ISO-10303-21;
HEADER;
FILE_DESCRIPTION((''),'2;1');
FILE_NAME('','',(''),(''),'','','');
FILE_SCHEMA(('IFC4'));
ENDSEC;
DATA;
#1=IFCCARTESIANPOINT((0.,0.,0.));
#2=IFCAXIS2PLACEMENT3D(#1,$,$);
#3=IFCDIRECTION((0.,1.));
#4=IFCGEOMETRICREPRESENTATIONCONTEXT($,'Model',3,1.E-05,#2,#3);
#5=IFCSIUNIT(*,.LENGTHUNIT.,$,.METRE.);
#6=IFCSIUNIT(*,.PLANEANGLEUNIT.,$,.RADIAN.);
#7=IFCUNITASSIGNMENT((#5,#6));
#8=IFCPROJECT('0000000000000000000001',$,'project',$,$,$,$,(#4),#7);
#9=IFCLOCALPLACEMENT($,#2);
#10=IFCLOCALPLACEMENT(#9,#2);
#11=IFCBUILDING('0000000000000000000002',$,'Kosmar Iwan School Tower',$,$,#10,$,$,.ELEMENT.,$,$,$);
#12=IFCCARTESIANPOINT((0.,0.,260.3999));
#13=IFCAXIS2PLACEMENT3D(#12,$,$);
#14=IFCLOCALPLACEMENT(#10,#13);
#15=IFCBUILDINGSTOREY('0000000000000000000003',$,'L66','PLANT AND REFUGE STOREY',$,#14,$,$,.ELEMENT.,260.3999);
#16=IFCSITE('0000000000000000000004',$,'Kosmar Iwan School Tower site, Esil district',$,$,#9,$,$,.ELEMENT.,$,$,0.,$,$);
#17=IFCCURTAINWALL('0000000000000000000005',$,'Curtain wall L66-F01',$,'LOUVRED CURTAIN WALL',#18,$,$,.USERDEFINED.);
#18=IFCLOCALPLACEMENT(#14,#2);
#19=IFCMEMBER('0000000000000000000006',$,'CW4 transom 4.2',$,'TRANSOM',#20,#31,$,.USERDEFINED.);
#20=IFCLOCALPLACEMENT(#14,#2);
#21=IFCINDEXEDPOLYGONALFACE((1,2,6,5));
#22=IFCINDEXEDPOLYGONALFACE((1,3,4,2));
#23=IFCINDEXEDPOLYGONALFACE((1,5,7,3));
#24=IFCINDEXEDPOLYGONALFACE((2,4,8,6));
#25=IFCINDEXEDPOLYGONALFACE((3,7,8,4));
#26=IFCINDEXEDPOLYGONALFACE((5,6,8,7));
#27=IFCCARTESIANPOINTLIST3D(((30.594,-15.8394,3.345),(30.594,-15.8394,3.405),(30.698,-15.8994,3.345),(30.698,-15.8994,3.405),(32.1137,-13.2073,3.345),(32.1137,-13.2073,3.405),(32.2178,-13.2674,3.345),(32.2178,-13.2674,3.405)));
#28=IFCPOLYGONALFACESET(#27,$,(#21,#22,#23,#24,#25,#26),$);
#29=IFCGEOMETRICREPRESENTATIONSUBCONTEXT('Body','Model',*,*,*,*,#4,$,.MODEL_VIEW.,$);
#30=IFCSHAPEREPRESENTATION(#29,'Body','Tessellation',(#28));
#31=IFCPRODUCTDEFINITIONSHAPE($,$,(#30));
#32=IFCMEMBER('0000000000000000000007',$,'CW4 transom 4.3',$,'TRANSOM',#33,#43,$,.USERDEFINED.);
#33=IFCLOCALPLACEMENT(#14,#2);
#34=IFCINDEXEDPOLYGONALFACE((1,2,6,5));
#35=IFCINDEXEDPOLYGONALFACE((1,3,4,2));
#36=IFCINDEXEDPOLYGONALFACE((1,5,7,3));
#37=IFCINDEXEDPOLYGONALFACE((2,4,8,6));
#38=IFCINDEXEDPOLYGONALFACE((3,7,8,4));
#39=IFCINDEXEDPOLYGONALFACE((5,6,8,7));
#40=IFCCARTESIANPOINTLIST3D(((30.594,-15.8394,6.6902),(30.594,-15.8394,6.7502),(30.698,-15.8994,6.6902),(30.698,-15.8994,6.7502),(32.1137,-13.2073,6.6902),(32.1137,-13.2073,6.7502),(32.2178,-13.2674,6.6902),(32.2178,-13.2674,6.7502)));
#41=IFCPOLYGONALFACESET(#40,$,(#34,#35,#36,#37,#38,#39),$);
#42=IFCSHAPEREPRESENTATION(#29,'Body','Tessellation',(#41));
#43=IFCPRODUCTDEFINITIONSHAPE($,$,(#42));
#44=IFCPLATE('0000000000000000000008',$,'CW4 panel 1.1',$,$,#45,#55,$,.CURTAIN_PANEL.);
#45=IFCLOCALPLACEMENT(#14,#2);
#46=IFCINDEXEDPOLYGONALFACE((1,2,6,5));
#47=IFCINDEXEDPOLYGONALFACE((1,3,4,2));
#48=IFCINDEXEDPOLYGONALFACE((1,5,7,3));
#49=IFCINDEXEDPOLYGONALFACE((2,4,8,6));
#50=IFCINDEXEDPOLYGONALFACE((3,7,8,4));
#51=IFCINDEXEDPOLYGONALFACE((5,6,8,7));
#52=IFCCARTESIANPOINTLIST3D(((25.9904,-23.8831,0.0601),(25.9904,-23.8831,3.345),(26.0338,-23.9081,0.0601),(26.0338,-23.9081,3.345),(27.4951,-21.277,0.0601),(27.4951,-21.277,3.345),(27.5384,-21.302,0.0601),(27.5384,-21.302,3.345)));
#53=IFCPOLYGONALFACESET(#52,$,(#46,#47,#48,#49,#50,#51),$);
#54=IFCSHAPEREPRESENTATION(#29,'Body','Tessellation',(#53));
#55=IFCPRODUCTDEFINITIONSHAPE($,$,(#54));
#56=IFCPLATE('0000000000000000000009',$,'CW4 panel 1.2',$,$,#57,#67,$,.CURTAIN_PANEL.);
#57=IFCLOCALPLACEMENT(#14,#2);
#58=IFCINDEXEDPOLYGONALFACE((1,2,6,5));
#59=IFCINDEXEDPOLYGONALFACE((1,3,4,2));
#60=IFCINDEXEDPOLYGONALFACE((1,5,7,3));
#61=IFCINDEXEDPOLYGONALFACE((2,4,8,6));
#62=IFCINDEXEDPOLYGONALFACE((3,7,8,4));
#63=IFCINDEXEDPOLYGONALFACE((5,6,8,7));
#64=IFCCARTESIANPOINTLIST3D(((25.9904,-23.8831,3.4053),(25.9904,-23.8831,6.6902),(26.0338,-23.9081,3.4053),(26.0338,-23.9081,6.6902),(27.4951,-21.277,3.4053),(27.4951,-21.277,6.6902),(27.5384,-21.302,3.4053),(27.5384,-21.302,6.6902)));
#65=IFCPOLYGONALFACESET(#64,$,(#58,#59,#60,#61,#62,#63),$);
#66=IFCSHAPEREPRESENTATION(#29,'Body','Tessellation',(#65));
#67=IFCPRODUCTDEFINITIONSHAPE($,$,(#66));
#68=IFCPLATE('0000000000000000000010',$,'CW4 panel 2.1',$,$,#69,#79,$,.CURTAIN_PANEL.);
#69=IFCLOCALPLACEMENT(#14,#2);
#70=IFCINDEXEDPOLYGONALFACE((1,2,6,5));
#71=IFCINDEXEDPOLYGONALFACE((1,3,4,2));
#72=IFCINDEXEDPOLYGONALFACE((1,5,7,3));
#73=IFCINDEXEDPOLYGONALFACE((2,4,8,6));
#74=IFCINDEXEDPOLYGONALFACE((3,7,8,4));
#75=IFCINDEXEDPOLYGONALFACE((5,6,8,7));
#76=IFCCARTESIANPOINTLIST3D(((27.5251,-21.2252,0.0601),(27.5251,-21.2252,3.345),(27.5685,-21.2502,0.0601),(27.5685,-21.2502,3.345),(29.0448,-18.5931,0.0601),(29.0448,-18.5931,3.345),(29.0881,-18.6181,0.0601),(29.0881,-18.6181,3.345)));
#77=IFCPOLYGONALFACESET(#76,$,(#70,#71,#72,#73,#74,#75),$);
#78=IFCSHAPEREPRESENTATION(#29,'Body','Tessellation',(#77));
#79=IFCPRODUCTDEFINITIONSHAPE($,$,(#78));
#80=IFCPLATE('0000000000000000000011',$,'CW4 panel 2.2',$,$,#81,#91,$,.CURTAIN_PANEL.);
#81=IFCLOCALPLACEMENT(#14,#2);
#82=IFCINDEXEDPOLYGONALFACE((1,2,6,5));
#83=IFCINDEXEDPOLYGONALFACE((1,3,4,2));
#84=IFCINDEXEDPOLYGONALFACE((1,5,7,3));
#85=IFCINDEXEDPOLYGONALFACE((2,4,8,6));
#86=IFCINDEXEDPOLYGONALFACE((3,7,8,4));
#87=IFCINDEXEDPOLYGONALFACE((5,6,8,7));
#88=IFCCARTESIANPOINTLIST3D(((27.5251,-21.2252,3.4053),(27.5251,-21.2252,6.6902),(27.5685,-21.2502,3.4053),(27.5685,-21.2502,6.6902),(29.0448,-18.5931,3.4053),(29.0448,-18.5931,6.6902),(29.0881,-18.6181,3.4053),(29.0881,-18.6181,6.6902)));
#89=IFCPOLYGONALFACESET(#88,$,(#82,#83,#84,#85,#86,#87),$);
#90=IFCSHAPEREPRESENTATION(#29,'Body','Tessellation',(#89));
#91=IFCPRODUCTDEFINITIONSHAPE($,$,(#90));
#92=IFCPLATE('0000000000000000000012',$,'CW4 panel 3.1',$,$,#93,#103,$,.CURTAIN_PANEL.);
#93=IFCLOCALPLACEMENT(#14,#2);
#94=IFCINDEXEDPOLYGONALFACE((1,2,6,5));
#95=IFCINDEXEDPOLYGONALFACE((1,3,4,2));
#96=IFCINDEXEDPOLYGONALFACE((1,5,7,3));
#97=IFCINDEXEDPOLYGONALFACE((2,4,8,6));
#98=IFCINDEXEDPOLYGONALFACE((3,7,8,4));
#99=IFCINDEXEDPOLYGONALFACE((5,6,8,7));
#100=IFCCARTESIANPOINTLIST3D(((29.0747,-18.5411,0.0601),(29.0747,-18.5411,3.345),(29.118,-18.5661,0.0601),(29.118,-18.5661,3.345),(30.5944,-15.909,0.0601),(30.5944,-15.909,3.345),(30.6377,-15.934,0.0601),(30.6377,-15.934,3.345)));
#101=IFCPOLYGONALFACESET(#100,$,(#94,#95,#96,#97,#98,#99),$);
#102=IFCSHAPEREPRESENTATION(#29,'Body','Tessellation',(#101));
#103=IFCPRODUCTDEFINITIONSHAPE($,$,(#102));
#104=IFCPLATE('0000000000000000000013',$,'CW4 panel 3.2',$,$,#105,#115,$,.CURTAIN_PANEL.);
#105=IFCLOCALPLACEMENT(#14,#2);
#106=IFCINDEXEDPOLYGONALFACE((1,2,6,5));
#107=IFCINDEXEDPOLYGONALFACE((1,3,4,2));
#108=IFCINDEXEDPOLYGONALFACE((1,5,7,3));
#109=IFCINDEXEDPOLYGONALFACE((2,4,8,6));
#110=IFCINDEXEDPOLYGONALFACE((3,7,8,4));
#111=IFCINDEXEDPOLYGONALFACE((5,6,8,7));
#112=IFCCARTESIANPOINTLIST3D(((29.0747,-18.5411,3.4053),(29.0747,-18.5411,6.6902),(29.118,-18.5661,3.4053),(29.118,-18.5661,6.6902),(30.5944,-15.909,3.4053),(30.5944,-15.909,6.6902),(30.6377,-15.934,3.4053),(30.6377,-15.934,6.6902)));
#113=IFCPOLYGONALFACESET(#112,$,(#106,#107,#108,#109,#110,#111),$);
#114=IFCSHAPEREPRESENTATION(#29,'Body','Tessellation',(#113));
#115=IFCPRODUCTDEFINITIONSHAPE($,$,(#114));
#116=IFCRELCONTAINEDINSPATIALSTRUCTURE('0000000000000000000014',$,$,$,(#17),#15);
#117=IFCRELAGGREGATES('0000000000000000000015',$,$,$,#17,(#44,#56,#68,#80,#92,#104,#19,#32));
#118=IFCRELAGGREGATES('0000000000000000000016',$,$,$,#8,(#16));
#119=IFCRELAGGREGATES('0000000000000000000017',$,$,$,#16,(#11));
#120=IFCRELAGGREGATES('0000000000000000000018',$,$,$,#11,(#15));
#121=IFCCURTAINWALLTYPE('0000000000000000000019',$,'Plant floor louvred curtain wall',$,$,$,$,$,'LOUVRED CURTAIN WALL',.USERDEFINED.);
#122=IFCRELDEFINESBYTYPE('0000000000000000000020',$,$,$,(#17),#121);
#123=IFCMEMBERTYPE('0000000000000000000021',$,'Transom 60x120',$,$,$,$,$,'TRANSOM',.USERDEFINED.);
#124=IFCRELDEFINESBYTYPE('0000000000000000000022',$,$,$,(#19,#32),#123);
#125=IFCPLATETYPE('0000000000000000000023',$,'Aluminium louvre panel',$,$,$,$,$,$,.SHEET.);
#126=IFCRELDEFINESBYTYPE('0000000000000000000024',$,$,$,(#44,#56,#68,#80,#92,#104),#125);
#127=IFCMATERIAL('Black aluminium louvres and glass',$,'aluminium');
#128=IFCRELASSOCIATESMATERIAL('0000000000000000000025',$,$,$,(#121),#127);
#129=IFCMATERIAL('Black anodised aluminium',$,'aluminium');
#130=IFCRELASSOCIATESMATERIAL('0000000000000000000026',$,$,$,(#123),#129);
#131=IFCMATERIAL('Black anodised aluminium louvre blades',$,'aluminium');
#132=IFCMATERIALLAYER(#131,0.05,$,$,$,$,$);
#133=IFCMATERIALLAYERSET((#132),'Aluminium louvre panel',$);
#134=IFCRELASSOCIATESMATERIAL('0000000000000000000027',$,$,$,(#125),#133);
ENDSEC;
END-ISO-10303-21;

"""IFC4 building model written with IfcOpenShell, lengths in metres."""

from ifc_helpers import new_model, si_unit, direction, frame, origin, origin_2d, place, context, subcontext, project, spatial, rectangle, extrude, material, layer, layer_set, material_profile, profile_set, type_object, element, aggregate, save


model = new_model("IFC4")

# Units and contexts
model_context = context("Model", 3, precision=1e-05, world=origin(), true_north=direction((0.0, 1.0)))
body_context = subcontext(model_context, "Body", "Model", "MODEL_VIEW")
ifc_project = project(units=[si_unit("LENGTHUNIT", "METRE"), si_unit("PLANEANGLEUNIT", "RADIAN")], contexts=[model_context])

# Site, building, storey
site_placement = place(None, origin())
site = spatial("IfcSite", under=ifc_project, at=site_placement, Name="Kosmar Iwan School Tower site, Esil district", CompositionType="ELEMENT", RefElevation=0.0)
building_placement = place(site_placement, origin())
building = spatial("IfcBuilding", under=site, at=building_placement, Name="Kosmar Iwan School Tower", CompositionType="ELEMENT")
storey_placement = place(building_placement, frame((0.0, 0.0, 260.3999)))
storey = spatial("IfcBuildingStorey", under=building, at=storey_placement, Name="L66", Description="PLANT AND REFUGE STOREY", CompositionType="ELEMENT", Elevation=260.3999)

# Curtain wall, members, plates
ifc_material_1 = material(Name="Black aluminium louvres and glass", Category="aluminium")
curtain_wall_type = type_object("IfcCurtainWallType", Name="Plant floor louvred curtain wall", ElementType="LOUVRED CURTAIN WALL", PredefinedType="USERDEFINED", material=ifc_material_1)
curtain_wall_placement = place(storey_placement, origin())
curtain_wall = element("IfcCurtainWall", 1, at=curtain_wall_placement, inside=storey, type_object=curtain_wall_type, Name="Curtain wall L66-F01", ObjectType="LOUVRED CURTAIN WALL", PredefinedType="USERDEFINED")
ifc_material_2 = material(Name="Black anodised aluminium", Category="aluminium")
ifc_material_profile_1 = material_profile(ifc_material_2, rectangle(XDim=0.1201, YDim=0.0601, at=origin_2d()), Name="TRANSOM 60x120")
ifc_profile_set_1 = profile_set([ifc_material_profile_1], Name="Black anodised aluminium")
member_type_1 = type_object("IfcMemberType", Name="Transom 60x120", ElementType="TRANSOM", PredefinedType="USERDEFINED", material=ifc_profile_set_1)
member_1_placement = place(storey_placement, frame((30.646, -15.8694, 3.375), z_axis=(0.500035, 0.866005, 0.0), x_axis=(-0.866005, 0.500035, 0.0)))
member_1 = element("IfcMember", 2, at=member_1_placement, type_object=member_type_1, Name="CW4 transom 4.2", ObjectType="TRANSOM", PredefinedType="USERDEFINED", context=body_context, shape_type="SweptSolid", body=[
    extrude(rectangle(XDim=0.1201, YDim=0.0601, at=origin_2d()), origin(), (0.0, 0.0, 1.0), 3.0393),
])
member_2_placement = place(storey_placement, frame((30.646, -15.8694, 6.7202), z_axis=(0.500035, 0.866005, 0.0), x_axis=(-0.866005, 0.500035, 0.0)))
member_2 = element("IfcMember", 3, at=member_2_placement, type_object=member_type_1, Name="CW4 transom 4.3", ObjectType="TRANSOM", PredefinedType="USERDEFINED", context=body_context, shape_type="SweptSolid", body=[
    extrude(rectangle(XDim=0.1201, YDim=0.0601, at=origin_2d()), origin(), (0.0, 0.0, 1.0), 3.0393),
])
ifc_material_3 = material(Name="Black anodised aluminium louvre blades", Category="aluminium")
ifc_layer = layer(ifc_material_3, 0.05)
ifc_layer_set = layer_set([ifc_layer], Name="Aluminium louvre panel")
plate_type = type_object("IfcPlateType", Name="Aluminium louvre panel", PredefinedType="SHEET", material=ifc_layer_set)
plate_1_placement = place(storey_placement, frame((26.7644, -22.5925, 0.0601), z_axis=(0.0, 0.0, 1.0), x_axis=(0.5, 0.866025, 0.0)))
plate_1 = element("IfcPlate", 4, at=plate_1_placement, type_object=plate_type, Name="CW4 panel 1.1", PredefinedType="CURTAIN_PANEL", context=body_context, shape_type="SweptSolid", body=[
    extrude(rectangle(XDim=3.0093, YDim=0.05, at=origin_2d()), origin(), (0.0, 0.0, 1.0), 3.2849),
])
plate_2_placement = place(storey_placement, frame((26.7644, -22.5925, 3.4053), z_axis=(0.0, 0.0, 1.0), x_axis=(0.5, 0.866025, 0.0)))
plate_2 = element("IfcPlate", 5, at=plate_2_placement, type_object=plate_type, Name="CW4 panel 1.2", PredefinedType="CURTAIN_PANEL", context=body_context, shape_type="SweptSolid", body=[
    extrude(rectangle(XDim=3.0093, YDim=0.05, at=origin_2d()), origin(), (0.0, 0.0, 1.0), 3.2849),
])
plate_3_placement = place(storey_placement, frame((28.3066, -19.9216, 0.0601), z_axis=(0.0, 0.0, 1.0), x_axis=(0.5, 0.866025, 0.0)))
plate_3 = element("IfcPlate", 6, at=plate_3_placement, type_object=plate_type, Name="CW4 panel 2.1", PredefinedType="CURTAIN_PANEL", context=body_context, shape_type="SweptSolid", body=[
    extrude(rectangle(XDim=3.0393, YDim=0.05, at=origin_2d()), origin(), (0.0, 0.0, 1.0), 3.2849),
])
plate_4_placement = place(storey_placement, frame((28.3066, -19.9216, 3.4053), z_axis=(0.0, 0.0, 1.0), x_axis=(0.5, 0.866025, 0.0)))
plate_4 = element("IfcPlate", 7, at=plate_4_placement, type_object=plate_type, Name="CW4 panel 2.2", PredefinedType="CURTAIN_PANEL", context=body_context, shape_type="SweptSolid", body=[
    extrude(rectangle(XDim=3.0393, YDim=0.05, at=origin_2d()), origin(), (0.0, 0.0, 1.0), 3.2849),
])
plate_5_placement = place(storey_placement, frame((29.8562, -17.2375, 0.0601), z_axis=(0.0, 0.0, 1.0), x_axis=(0.5, 0.866025, 0.0)))
plate_5 = element("IfcPlate", 8, at=plate_5_placement, type_object=plate_type, Name="CW4 panel 3.1", PredefinedType="CURTAIN_PANEL", context=body_context, shape_type="SweptSolid", body=[
    extrude(rectangle(XDim=3.0393, YDim=0.05, at=origin_2d()), origin(), (0.0, 0.0, 1.0), 3.2849),
])
plate_6_placement = place(storey_placement, frame((29.8562, -17.2375, 3.4053), z_axis=(0.0, 0.0, 1.0), x_axis=(0.5, 0.866025, 0.0)))
plate_6 = element("IfcPlate", 9, at=plate_6_placement, type_object=plate_type, Name="CW4 panel 3.2", PredefinedType="CURTAIN_PANEL", context=body_context, shape_type="SweptSolid", body=[
    extrude(rectangle(XDim=3.0393, YDim=0.05, at=origin_2d()), origin(), (0.0, 0.0, 1.0), 3.2849),
])
aggregate(curtain_wall, [plate_1, plate_2, plate_3, plate_4, plate_5, plate_6, member_1, member_2])

save(model, "model.ifc")
